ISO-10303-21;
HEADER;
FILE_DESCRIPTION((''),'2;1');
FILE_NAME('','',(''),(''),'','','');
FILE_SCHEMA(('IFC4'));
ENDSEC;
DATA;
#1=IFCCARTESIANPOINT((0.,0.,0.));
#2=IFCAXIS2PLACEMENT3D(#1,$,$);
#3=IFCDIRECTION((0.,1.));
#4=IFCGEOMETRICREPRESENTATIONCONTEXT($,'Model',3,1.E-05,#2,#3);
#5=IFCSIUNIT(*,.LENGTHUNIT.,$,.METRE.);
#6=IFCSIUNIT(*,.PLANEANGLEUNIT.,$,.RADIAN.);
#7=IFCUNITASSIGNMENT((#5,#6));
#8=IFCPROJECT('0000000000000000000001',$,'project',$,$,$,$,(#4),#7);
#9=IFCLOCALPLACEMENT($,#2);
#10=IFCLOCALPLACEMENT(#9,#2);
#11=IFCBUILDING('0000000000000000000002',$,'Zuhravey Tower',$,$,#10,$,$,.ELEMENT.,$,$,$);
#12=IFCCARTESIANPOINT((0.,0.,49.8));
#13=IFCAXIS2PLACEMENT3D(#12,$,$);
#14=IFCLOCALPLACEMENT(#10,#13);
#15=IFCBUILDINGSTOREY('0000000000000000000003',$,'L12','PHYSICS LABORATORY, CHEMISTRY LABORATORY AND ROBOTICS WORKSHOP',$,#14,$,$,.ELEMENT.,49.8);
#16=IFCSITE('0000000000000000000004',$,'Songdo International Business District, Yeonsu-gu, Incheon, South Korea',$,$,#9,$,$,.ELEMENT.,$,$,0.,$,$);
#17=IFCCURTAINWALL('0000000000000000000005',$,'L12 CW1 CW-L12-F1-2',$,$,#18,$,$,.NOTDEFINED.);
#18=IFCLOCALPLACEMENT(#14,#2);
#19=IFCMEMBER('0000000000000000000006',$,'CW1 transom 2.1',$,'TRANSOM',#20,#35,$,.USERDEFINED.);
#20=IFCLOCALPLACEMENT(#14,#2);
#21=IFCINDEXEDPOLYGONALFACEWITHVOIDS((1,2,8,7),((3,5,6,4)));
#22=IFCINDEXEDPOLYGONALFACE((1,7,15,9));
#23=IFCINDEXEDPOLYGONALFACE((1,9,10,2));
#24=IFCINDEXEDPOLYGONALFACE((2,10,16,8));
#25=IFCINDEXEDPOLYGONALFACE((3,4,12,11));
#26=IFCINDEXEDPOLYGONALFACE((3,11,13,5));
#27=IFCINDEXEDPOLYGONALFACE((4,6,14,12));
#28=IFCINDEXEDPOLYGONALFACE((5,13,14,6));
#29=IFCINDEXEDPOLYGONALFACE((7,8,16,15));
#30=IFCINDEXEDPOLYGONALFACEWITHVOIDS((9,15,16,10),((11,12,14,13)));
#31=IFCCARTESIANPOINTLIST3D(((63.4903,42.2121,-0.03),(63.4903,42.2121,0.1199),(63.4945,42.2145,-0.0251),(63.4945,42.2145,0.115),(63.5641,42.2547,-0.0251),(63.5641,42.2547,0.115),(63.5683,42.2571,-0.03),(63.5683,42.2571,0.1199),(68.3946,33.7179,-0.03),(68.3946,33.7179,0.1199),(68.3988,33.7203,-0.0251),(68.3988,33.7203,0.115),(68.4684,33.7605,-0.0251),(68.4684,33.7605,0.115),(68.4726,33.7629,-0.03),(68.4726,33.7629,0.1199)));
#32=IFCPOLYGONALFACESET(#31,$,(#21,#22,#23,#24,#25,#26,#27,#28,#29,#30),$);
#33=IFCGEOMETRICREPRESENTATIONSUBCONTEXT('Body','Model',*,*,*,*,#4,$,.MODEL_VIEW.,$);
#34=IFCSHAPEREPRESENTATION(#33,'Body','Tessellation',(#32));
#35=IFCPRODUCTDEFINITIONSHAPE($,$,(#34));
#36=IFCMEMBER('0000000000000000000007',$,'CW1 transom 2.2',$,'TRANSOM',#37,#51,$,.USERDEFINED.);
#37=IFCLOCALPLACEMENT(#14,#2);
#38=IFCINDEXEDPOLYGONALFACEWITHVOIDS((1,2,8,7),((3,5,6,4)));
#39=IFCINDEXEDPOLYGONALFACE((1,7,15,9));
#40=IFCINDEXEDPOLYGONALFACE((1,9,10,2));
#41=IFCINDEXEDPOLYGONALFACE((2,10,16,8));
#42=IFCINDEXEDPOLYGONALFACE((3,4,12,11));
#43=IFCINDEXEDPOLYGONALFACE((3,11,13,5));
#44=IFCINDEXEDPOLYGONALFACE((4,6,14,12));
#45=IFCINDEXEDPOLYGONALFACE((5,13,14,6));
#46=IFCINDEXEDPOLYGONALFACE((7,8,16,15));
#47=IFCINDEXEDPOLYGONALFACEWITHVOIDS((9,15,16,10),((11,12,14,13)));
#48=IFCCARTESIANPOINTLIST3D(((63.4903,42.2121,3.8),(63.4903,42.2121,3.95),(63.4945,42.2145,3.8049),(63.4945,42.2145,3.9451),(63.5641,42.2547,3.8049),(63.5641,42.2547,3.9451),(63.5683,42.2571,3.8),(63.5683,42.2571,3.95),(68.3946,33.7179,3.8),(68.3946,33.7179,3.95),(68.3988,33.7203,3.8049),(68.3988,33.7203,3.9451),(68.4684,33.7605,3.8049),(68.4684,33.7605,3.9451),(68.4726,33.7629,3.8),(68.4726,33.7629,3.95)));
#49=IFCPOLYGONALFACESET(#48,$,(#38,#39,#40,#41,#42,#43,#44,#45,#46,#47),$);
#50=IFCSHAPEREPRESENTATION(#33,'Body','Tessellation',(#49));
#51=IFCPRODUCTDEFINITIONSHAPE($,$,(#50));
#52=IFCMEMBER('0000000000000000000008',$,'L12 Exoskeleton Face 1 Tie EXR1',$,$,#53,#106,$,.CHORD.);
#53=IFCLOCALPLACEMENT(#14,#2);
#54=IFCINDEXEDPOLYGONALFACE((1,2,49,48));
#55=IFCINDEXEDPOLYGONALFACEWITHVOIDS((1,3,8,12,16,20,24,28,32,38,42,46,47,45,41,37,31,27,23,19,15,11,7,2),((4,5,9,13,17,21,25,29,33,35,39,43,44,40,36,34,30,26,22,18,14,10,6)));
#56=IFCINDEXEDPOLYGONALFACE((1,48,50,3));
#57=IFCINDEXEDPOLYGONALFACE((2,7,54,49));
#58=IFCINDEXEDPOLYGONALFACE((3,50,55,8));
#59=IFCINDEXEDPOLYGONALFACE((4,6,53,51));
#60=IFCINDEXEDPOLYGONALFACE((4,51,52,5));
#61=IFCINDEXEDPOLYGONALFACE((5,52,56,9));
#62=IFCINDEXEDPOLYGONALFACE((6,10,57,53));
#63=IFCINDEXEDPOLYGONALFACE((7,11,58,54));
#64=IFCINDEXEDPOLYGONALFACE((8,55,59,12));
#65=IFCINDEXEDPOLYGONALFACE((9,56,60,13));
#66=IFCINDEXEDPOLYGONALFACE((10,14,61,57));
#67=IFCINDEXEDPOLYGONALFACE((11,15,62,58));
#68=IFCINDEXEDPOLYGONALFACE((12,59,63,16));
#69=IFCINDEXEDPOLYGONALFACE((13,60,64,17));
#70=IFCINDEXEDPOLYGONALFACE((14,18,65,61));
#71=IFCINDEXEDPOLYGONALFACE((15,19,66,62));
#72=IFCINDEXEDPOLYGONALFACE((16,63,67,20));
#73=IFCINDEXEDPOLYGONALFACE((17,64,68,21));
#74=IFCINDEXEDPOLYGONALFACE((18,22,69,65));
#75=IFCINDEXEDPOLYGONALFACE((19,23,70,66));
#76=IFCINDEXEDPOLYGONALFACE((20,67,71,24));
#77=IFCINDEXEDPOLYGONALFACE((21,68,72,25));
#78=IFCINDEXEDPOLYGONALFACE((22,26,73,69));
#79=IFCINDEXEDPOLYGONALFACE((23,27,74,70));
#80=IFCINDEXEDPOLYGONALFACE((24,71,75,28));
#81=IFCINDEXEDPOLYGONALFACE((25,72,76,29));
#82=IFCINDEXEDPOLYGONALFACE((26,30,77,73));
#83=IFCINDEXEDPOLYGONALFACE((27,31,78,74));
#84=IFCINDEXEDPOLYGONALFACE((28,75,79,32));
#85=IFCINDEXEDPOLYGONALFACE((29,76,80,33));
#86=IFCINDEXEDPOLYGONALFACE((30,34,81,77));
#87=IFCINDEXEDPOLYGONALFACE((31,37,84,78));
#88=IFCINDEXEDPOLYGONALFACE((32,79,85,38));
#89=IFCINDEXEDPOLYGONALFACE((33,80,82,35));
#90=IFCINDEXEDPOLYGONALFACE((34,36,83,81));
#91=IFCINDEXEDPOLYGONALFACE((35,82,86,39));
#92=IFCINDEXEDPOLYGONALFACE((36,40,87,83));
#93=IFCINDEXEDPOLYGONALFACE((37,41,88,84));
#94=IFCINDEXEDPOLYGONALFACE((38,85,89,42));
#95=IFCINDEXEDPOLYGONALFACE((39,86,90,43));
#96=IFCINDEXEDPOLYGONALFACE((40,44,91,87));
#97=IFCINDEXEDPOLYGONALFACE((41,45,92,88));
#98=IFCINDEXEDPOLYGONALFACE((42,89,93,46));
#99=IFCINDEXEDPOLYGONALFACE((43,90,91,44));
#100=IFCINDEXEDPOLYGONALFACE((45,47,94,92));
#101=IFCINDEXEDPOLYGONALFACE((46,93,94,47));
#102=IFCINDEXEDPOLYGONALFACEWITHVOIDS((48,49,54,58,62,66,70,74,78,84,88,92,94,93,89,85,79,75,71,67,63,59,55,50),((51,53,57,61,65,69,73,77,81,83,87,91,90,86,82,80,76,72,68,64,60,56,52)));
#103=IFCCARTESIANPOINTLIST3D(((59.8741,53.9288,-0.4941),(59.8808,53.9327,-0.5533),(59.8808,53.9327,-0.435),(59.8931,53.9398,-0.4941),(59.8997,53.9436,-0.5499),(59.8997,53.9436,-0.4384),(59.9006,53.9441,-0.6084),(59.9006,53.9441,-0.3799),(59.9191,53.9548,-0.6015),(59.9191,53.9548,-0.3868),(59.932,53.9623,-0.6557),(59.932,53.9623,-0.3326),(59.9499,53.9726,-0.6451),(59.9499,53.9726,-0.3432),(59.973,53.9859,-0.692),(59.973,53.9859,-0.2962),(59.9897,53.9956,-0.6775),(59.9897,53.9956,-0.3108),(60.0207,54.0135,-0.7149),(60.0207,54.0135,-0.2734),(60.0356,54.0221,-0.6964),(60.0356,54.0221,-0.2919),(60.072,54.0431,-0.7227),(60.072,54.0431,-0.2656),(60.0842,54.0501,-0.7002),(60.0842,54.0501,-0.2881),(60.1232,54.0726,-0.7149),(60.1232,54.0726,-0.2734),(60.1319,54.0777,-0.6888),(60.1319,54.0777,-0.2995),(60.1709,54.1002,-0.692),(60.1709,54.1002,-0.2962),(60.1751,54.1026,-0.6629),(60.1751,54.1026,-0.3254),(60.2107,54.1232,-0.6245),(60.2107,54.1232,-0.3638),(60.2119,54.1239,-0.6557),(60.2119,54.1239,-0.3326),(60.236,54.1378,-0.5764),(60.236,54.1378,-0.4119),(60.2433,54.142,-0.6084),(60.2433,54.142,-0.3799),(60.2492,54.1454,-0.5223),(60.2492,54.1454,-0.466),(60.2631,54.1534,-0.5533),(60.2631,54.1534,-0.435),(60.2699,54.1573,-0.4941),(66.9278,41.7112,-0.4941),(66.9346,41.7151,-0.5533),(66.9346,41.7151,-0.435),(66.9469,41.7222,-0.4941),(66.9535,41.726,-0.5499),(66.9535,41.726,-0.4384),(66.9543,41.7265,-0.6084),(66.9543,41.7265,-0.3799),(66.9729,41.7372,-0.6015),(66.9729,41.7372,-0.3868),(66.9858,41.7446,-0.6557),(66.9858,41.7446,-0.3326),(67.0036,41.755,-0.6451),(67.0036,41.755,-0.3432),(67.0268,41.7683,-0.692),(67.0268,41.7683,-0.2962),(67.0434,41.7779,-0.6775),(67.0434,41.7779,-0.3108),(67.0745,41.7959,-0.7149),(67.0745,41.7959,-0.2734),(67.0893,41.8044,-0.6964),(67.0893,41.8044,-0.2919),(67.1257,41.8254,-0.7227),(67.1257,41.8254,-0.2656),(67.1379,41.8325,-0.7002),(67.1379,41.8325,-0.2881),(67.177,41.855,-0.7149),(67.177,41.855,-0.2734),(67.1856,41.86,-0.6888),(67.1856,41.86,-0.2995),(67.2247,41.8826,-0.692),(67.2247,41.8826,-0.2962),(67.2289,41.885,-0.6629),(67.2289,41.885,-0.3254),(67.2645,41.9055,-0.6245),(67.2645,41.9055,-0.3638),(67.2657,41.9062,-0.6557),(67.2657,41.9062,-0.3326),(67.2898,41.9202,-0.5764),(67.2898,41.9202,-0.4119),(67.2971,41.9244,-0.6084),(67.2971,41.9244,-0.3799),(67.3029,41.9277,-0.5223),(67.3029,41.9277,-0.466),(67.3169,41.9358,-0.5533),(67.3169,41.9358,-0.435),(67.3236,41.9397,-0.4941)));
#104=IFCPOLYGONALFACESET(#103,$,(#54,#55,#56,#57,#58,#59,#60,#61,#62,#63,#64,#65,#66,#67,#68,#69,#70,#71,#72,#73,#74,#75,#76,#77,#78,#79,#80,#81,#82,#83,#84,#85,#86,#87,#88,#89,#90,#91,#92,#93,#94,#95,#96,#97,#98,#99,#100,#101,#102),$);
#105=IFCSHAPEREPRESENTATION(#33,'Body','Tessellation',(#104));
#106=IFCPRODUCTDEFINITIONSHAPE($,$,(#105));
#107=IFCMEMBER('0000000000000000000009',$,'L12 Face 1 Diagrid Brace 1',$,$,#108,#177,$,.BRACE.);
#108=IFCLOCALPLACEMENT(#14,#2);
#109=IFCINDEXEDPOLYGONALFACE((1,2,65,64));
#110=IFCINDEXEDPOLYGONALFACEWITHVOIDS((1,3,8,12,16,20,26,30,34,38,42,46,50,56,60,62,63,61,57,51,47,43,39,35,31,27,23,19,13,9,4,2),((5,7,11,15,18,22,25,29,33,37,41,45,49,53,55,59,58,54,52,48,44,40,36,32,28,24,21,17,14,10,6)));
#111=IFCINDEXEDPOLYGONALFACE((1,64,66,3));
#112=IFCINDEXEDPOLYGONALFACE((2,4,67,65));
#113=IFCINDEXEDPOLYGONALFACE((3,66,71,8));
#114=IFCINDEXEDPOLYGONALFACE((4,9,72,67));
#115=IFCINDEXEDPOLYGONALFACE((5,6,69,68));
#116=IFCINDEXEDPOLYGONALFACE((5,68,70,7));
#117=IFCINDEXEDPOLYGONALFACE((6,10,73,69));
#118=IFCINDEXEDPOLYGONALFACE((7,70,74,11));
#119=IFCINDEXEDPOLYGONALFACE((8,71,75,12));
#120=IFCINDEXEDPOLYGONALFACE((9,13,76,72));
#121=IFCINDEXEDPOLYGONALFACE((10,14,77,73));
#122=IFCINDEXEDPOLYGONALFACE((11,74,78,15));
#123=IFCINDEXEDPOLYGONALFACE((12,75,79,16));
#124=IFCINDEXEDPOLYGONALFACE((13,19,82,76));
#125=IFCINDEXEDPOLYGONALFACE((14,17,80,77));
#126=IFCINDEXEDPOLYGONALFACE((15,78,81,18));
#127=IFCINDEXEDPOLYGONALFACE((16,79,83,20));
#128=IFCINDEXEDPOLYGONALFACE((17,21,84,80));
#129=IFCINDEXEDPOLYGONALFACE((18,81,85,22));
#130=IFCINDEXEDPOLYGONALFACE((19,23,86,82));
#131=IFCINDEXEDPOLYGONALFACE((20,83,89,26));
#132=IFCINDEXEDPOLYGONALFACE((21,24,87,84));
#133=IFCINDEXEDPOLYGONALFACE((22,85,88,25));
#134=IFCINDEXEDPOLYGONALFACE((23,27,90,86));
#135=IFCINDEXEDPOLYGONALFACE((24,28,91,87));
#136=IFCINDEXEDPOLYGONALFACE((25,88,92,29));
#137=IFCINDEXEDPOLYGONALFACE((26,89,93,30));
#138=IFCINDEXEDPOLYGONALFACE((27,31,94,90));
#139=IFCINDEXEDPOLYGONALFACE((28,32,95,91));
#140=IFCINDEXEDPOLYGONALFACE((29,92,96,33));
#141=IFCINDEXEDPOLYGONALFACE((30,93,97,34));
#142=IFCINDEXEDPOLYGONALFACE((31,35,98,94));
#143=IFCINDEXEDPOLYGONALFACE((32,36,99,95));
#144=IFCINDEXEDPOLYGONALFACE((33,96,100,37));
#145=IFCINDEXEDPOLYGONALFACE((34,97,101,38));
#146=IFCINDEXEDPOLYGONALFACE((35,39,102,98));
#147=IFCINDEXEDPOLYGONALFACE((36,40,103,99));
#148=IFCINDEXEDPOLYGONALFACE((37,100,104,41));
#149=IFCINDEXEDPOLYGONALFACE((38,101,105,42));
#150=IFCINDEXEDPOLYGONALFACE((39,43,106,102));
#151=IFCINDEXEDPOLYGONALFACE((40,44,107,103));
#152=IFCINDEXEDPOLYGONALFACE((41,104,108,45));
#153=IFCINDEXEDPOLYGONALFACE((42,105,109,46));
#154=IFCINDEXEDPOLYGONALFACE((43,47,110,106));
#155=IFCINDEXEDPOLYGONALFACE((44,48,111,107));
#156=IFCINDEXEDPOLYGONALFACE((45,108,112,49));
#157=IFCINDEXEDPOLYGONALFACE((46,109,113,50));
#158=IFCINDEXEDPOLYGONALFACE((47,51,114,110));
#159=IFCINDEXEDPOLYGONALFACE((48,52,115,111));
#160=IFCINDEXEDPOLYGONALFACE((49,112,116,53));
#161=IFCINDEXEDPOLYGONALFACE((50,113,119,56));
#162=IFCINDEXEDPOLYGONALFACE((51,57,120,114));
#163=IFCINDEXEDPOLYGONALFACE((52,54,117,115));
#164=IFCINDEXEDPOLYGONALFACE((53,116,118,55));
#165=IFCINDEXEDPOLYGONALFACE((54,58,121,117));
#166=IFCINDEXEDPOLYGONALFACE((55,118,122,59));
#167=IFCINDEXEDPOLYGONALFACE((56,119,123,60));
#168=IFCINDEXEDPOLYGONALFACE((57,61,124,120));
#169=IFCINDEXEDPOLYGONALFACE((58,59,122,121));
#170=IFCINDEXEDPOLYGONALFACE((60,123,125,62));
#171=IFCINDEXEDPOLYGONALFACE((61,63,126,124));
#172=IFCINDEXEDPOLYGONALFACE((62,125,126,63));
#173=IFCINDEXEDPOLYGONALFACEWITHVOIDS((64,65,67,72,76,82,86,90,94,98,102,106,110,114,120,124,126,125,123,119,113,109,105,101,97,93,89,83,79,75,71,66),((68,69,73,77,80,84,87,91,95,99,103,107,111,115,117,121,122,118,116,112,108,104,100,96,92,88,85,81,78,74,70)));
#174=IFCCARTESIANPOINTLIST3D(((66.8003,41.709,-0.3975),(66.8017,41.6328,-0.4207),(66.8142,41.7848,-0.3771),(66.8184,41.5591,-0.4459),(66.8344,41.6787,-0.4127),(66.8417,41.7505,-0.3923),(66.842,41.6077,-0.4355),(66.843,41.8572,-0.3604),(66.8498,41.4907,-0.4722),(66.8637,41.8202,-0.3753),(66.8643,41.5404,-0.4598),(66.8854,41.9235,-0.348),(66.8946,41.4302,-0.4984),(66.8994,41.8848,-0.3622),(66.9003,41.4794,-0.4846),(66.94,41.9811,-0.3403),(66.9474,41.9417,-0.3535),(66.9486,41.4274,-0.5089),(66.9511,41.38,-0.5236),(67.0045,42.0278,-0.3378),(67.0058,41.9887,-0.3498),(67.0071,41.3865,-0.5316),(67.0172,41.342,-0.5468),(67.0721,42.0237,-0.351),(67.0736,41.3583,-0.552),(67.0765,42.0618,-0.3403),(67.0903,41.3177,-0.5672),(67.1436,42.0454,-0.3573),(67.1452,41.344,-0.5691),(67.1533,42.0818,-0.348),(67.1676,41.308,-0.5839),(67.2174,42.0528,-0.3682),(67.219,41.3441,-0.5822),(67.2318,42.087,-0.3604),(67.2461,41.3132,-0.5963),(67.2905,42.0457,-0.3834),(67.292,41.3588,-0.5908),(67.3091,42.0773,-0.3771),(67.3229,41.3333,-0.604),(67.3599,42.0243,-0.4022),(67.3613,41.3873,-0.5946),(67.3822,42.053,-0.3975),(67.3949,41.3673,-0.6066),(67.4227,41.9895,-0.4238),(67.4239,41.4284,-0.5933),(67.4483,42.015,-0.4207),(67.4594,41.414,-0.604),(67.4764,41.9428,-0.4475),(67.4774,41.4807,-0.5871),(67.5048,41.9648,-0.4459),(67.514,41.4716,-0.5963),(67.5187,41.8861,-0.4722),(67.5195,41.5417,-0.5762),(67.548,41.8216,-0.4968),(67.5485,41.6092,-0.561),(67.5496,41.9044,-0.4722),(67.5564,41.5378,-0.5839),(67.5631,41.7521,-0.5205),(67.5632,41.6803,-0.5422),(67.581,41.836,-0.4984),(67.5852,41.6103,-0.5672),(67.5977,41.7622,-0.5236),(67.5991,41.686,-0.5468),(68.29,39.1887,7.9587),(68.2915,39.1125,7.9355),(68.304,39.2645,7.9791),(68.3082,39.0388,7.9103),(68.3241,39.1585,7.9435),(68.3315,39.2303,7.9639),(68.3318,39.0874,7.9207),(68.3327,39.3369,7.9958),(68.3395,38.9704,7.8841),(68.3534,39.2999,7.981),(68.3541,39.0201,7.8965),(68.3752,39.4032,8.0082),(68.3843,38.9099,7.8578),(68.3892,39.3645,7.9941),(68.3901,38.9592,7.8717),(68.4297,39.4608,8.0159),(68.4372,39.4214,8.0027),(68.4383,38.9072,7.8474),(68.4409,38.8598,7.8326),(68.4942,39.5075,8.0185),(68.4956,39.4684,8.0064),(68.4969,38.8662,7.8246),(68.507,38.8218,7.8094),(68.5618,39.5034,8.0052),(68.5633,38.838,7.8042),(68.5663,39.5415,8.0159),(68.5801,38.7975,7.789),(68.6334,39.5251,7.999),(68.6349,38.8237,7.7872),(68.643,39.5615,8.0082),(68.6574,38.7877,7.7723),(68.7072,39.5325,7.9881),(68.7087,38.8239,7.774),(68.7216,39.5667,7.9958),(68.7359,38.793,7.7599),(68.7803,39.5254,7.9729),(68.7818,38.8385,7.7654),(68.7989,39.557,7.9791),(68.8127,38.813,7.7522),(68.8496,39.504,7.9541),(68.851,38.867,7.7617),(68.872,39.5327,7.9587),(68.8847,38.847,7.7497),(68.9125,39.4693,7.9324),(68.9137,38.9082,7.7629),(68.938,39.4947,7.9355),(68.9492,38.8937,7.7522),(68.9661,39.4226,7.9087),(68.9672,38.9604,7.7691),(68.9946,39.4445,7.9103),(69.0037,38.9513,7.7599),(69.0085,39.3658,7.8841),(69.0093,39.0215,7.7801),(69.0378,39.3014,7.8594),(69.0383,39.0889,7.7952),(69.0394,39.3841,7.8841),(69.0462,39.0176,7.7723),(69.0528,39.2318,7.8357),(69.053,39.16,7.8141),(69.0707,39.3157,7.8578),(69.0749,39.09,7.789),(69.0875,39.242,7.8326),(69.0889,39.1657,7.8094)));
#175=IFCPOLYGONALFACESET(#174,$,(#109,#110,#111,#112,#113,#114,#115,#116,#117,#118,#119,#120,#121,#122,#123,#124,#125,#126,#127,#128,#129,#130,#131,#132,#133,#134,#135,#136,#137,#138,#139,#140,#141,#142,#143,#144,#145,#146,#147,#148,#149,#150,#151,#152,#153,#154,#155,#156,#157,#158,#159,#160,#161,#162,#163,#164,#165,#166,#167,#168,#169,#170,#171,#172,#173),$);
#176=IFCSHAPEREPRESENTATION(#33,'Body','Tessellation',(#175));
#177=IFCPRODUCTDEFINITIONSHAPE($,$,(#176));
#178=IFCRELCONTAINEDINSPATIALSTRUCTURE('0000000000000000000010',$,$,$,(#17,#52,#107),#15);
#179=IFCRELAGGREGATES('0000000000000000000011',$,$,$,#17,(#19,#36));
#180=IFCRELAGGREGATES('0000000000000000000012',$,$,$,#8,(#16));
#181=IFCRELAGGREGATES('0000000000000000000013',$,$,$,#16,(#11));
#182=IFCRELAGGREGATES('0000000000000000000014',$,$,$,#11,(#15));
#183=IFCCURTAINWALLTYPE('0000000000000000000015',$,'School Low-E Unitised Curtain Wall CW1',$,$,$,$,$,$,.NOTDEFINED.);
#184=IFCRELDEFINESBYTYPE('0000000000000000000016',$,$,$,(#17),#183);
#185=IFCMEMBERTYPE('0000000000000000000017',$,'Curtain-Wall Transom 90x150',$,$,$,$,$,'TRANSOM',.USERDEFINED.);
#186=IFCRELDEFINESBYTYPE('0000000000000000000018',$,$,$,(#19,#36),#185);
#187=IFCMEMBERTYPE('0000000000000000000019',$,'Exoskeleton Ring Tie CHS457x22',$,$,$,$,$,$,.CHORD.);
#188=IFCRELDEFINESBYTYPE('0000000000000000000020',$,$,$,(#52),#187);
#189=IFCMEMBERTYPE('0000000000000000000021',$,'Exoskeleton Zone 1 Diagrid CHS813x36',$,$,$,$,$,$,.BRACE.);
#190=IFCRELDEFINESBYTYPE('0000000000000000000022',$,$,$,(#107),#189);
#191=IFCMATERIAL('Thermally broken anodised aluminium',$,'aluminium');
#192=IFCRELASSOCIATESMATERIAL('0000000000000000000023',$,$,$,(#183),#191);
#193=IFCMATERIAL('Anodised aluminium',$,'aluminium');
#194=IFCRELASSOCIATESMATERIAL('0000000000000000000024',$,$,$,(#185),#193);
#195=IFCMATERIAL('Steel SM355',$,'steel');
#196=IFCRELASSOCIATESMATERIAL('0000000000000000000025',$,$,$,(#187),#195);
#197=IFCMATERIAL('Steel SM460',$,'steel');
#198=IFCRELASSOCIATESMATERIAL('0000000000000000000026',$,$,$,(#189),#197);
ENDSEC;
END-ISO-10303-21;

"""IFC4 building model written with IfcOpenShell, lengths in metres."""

from ifc_helpers import new_model, si_unit, direction, frame, origin, origin_2d, place, context, subcontext, project, spatial, hollow_rectangle, hollow_circle, extrude, material, material_profile, profile_set, type_object, element, aggregate, save


model = new_model("IFC4")

# Units and contexts
model_context = context("Model", 3, precision=1e-05, world=origin(), true_north=direction((0.0, 1.0)))
body_context = subcontext(model_context, "Body", "Model", "MODEL_VIEW")
ifc_project = project(units=[si_unit("LENGTHUNIT", "METRE"), si_unit("PLANEANGLEUNIT", "RADIAN")], contexts=[model_context])

# Site, building, storey
site_placement = place(None, origin())
site = spatial("IfcSite", under=ifc_project, at=site_placement, Name="Songdo International Business District, Yeonsu-gu, Incheon, South Korea", CompositionType="ELEMENT", RefElevation=0.0)
building_placement = place(site_placement, origin())
building = spatial("IfcBuilding", under=site, at=building_placement, Name="Zuhravey Tower", CompositionType="ELEMENT")
storey_placement = place(building_placement, frame((0.0, 0.0, 49.8)))
storey = spatial("IfcBuildingStorey", under=building, at=storey_placement, Name="L12", Description="PHYSICS LABORATORY, CHEMISTRY LABORATORY AND ROBOTICS WORKSHOP", CompositionType="ELEMENT", Elevation=49.8)

# Shared definitions
ifc_material_1 = material(Name="Thermally broken anodised aluminium", Category="aluminium")
curtain_wall_type = type_object("IfcCurtainWallType", Name="School Low-E Unitised Curtain Wall CW1", PredefinedType="NOTDEFINED", material=ifc_material_1)
ifc_material_2 = material(Name="Anodised aluminium", Category="aluminium")

# Curtain wall
curtain_wall_1_placement = place(storey_placement, origin())
curtain_wall_1 = element("IfcCurtainWall", 1, at=curtain_wall_1_placement, inside=storey, type_object=curtain_wall_type, Name="L12 CW1 CW-L12-F1-2", PredefinedType="NOTDEFINED")

# Members
ifc_material_profile_1 = material_profile(ifc_material_2, hollow_rectangle(XDim=0.0901, YDim=0.1499, WallThickness=0.0049, at=origin_2d()), Name="ALU-RHS-90x150x5")
ifc_profile_set_1 = profile_set([ifc_material_profile_1], Name="Anodised aluminium")
member_type_1 = type_object("IfcMemberType", Name="Curtain-Wall Transom 90x150", ElementType="TRANSOM", PredefinedType="USERDEFINED", material=ifc_profile_set_1)
member_1_placement = place(storey_placement, frame((63.5293, 42.2346, 0.0449), z_axis=(0.500015, -0.866016, 0.0), x_axis=(0.866016, 0.500015, 0.0)))
member_1 = element("IfcMember", 2, at=member_1_placement, type_object=member_type_1, Name="CW1 transom 2.1", ObjectType="TRANSOM", PredefinedType="USERDEFINED", context=body_context, shape_type="SweptSolid", body=[
    extrude(hollow_rectangle(XDim=0.0901, YDim=0.1499, WallThickness=0.0049, at=origin_2d()), origin(), (0.0, 0.0, 1.0), 9.8083),
])
member_2_placement = place(storey_placement, frame((63.5293, 42.2346, 3.875), z_axis=(0.500015, -0.866016, 0.0), x_axis=(0.866016, 0.500015, 0.0)))
member_2 = element("IfcMember", 3, at=member_2_placement, type_object=member_type_1, Name="CW1 transom 2.2", ObjectType="TRANSOM", PredefinedType="USERDEFINED", context=body_context, shape_type="SweptSolid", body=[
    extrude(hollow_rectangle(XDim=0.0901, YDim=0.1499, WallThickness=0.0049, at=origin_2d()), origin(), (0.0, 0.0, 1.0), 9.8083),
])

# Members
ifc_material_3 = material(Name="Steel SM355", Category="steel")
ifc_material_profile_2 = material_profile(ifc_material_3, hollow_circle(Radius=0.2285, WallThickness=0.022, at=origin_2d()), Name="CHS-457.2x22")
ifc_profile_set_2 = profile_set([ifc_material_profile_2], Name="Steel SM355")
member_type_2 = type_object("IfcMemberType", Name="Exoskeleton Ring Tie CHS457x22", PredefinedType="CHORD", material=ifc_profile_set_2)
member_3_placement = place(storey_placement, frame((67.1257, 41.8254, -0.4941), z_axis=(-0.499996, 0.866028, 0.0), x_axis=(-0.866028, -0.499996, 0.0)))
element("IfcMember", 4, at=member_3_placement, inside=storey, type_object=member_type_2, Name="L12 Exoskeleton Face 1 Tie EXR1", PredefinedType="CHORD", context=body_context, shape_type="SweptSolid", body=[
    extrude(hollow_circle(Radius=0.2285, WallThickness=0.022, at=origin_2d()), origin(), (0.0, 0.0, 1.0), 14.1077),
])
ifc_material_4 = material(Name="Steel SM460", Category="steel")
ifc_material_profile_3 = material_profile(ifc_material_4, hollow_circle(Radius=0.4065, WallThickness=0.0359, at=origin_2d()), Name="CHS-812.8x36")
ifc_profile_set_3 = profile_set([ifc_material_profile_3], Name="Steel SM460")
member_type_3 = type_object("IfcMemberType", Name="Exoskeleton Zone 1 Diagrid CHS813x36", PredefinedType="BRACE", material=ifc_profile_set_3)
member_4_placement = place(storey_placement, frame((67.1997, 41.6975, -0.4722), z_axis=(0.168253, -0.28464, 0.943754), x_axis=(0.860852, 0.508856, 0.0)))
element("IfcMember", 5, at=member_4_placement, inside=storey, type_object=member_type_3, Name="L12 Face 1 Diagrid Brace 1", PredefinedType="BRACE", context=body_context, shape_type="SweptSolid", body=[
    extrude(hollow_circle(Radius=0.4065, WallThickness=0.0359, at=origin_2d()), origin(), (0.0, 0.0, 1.0), 8.8542),
])

aggregate(curtain_wall_1, [member_1, member_2])

save(model, "model.ifc")
